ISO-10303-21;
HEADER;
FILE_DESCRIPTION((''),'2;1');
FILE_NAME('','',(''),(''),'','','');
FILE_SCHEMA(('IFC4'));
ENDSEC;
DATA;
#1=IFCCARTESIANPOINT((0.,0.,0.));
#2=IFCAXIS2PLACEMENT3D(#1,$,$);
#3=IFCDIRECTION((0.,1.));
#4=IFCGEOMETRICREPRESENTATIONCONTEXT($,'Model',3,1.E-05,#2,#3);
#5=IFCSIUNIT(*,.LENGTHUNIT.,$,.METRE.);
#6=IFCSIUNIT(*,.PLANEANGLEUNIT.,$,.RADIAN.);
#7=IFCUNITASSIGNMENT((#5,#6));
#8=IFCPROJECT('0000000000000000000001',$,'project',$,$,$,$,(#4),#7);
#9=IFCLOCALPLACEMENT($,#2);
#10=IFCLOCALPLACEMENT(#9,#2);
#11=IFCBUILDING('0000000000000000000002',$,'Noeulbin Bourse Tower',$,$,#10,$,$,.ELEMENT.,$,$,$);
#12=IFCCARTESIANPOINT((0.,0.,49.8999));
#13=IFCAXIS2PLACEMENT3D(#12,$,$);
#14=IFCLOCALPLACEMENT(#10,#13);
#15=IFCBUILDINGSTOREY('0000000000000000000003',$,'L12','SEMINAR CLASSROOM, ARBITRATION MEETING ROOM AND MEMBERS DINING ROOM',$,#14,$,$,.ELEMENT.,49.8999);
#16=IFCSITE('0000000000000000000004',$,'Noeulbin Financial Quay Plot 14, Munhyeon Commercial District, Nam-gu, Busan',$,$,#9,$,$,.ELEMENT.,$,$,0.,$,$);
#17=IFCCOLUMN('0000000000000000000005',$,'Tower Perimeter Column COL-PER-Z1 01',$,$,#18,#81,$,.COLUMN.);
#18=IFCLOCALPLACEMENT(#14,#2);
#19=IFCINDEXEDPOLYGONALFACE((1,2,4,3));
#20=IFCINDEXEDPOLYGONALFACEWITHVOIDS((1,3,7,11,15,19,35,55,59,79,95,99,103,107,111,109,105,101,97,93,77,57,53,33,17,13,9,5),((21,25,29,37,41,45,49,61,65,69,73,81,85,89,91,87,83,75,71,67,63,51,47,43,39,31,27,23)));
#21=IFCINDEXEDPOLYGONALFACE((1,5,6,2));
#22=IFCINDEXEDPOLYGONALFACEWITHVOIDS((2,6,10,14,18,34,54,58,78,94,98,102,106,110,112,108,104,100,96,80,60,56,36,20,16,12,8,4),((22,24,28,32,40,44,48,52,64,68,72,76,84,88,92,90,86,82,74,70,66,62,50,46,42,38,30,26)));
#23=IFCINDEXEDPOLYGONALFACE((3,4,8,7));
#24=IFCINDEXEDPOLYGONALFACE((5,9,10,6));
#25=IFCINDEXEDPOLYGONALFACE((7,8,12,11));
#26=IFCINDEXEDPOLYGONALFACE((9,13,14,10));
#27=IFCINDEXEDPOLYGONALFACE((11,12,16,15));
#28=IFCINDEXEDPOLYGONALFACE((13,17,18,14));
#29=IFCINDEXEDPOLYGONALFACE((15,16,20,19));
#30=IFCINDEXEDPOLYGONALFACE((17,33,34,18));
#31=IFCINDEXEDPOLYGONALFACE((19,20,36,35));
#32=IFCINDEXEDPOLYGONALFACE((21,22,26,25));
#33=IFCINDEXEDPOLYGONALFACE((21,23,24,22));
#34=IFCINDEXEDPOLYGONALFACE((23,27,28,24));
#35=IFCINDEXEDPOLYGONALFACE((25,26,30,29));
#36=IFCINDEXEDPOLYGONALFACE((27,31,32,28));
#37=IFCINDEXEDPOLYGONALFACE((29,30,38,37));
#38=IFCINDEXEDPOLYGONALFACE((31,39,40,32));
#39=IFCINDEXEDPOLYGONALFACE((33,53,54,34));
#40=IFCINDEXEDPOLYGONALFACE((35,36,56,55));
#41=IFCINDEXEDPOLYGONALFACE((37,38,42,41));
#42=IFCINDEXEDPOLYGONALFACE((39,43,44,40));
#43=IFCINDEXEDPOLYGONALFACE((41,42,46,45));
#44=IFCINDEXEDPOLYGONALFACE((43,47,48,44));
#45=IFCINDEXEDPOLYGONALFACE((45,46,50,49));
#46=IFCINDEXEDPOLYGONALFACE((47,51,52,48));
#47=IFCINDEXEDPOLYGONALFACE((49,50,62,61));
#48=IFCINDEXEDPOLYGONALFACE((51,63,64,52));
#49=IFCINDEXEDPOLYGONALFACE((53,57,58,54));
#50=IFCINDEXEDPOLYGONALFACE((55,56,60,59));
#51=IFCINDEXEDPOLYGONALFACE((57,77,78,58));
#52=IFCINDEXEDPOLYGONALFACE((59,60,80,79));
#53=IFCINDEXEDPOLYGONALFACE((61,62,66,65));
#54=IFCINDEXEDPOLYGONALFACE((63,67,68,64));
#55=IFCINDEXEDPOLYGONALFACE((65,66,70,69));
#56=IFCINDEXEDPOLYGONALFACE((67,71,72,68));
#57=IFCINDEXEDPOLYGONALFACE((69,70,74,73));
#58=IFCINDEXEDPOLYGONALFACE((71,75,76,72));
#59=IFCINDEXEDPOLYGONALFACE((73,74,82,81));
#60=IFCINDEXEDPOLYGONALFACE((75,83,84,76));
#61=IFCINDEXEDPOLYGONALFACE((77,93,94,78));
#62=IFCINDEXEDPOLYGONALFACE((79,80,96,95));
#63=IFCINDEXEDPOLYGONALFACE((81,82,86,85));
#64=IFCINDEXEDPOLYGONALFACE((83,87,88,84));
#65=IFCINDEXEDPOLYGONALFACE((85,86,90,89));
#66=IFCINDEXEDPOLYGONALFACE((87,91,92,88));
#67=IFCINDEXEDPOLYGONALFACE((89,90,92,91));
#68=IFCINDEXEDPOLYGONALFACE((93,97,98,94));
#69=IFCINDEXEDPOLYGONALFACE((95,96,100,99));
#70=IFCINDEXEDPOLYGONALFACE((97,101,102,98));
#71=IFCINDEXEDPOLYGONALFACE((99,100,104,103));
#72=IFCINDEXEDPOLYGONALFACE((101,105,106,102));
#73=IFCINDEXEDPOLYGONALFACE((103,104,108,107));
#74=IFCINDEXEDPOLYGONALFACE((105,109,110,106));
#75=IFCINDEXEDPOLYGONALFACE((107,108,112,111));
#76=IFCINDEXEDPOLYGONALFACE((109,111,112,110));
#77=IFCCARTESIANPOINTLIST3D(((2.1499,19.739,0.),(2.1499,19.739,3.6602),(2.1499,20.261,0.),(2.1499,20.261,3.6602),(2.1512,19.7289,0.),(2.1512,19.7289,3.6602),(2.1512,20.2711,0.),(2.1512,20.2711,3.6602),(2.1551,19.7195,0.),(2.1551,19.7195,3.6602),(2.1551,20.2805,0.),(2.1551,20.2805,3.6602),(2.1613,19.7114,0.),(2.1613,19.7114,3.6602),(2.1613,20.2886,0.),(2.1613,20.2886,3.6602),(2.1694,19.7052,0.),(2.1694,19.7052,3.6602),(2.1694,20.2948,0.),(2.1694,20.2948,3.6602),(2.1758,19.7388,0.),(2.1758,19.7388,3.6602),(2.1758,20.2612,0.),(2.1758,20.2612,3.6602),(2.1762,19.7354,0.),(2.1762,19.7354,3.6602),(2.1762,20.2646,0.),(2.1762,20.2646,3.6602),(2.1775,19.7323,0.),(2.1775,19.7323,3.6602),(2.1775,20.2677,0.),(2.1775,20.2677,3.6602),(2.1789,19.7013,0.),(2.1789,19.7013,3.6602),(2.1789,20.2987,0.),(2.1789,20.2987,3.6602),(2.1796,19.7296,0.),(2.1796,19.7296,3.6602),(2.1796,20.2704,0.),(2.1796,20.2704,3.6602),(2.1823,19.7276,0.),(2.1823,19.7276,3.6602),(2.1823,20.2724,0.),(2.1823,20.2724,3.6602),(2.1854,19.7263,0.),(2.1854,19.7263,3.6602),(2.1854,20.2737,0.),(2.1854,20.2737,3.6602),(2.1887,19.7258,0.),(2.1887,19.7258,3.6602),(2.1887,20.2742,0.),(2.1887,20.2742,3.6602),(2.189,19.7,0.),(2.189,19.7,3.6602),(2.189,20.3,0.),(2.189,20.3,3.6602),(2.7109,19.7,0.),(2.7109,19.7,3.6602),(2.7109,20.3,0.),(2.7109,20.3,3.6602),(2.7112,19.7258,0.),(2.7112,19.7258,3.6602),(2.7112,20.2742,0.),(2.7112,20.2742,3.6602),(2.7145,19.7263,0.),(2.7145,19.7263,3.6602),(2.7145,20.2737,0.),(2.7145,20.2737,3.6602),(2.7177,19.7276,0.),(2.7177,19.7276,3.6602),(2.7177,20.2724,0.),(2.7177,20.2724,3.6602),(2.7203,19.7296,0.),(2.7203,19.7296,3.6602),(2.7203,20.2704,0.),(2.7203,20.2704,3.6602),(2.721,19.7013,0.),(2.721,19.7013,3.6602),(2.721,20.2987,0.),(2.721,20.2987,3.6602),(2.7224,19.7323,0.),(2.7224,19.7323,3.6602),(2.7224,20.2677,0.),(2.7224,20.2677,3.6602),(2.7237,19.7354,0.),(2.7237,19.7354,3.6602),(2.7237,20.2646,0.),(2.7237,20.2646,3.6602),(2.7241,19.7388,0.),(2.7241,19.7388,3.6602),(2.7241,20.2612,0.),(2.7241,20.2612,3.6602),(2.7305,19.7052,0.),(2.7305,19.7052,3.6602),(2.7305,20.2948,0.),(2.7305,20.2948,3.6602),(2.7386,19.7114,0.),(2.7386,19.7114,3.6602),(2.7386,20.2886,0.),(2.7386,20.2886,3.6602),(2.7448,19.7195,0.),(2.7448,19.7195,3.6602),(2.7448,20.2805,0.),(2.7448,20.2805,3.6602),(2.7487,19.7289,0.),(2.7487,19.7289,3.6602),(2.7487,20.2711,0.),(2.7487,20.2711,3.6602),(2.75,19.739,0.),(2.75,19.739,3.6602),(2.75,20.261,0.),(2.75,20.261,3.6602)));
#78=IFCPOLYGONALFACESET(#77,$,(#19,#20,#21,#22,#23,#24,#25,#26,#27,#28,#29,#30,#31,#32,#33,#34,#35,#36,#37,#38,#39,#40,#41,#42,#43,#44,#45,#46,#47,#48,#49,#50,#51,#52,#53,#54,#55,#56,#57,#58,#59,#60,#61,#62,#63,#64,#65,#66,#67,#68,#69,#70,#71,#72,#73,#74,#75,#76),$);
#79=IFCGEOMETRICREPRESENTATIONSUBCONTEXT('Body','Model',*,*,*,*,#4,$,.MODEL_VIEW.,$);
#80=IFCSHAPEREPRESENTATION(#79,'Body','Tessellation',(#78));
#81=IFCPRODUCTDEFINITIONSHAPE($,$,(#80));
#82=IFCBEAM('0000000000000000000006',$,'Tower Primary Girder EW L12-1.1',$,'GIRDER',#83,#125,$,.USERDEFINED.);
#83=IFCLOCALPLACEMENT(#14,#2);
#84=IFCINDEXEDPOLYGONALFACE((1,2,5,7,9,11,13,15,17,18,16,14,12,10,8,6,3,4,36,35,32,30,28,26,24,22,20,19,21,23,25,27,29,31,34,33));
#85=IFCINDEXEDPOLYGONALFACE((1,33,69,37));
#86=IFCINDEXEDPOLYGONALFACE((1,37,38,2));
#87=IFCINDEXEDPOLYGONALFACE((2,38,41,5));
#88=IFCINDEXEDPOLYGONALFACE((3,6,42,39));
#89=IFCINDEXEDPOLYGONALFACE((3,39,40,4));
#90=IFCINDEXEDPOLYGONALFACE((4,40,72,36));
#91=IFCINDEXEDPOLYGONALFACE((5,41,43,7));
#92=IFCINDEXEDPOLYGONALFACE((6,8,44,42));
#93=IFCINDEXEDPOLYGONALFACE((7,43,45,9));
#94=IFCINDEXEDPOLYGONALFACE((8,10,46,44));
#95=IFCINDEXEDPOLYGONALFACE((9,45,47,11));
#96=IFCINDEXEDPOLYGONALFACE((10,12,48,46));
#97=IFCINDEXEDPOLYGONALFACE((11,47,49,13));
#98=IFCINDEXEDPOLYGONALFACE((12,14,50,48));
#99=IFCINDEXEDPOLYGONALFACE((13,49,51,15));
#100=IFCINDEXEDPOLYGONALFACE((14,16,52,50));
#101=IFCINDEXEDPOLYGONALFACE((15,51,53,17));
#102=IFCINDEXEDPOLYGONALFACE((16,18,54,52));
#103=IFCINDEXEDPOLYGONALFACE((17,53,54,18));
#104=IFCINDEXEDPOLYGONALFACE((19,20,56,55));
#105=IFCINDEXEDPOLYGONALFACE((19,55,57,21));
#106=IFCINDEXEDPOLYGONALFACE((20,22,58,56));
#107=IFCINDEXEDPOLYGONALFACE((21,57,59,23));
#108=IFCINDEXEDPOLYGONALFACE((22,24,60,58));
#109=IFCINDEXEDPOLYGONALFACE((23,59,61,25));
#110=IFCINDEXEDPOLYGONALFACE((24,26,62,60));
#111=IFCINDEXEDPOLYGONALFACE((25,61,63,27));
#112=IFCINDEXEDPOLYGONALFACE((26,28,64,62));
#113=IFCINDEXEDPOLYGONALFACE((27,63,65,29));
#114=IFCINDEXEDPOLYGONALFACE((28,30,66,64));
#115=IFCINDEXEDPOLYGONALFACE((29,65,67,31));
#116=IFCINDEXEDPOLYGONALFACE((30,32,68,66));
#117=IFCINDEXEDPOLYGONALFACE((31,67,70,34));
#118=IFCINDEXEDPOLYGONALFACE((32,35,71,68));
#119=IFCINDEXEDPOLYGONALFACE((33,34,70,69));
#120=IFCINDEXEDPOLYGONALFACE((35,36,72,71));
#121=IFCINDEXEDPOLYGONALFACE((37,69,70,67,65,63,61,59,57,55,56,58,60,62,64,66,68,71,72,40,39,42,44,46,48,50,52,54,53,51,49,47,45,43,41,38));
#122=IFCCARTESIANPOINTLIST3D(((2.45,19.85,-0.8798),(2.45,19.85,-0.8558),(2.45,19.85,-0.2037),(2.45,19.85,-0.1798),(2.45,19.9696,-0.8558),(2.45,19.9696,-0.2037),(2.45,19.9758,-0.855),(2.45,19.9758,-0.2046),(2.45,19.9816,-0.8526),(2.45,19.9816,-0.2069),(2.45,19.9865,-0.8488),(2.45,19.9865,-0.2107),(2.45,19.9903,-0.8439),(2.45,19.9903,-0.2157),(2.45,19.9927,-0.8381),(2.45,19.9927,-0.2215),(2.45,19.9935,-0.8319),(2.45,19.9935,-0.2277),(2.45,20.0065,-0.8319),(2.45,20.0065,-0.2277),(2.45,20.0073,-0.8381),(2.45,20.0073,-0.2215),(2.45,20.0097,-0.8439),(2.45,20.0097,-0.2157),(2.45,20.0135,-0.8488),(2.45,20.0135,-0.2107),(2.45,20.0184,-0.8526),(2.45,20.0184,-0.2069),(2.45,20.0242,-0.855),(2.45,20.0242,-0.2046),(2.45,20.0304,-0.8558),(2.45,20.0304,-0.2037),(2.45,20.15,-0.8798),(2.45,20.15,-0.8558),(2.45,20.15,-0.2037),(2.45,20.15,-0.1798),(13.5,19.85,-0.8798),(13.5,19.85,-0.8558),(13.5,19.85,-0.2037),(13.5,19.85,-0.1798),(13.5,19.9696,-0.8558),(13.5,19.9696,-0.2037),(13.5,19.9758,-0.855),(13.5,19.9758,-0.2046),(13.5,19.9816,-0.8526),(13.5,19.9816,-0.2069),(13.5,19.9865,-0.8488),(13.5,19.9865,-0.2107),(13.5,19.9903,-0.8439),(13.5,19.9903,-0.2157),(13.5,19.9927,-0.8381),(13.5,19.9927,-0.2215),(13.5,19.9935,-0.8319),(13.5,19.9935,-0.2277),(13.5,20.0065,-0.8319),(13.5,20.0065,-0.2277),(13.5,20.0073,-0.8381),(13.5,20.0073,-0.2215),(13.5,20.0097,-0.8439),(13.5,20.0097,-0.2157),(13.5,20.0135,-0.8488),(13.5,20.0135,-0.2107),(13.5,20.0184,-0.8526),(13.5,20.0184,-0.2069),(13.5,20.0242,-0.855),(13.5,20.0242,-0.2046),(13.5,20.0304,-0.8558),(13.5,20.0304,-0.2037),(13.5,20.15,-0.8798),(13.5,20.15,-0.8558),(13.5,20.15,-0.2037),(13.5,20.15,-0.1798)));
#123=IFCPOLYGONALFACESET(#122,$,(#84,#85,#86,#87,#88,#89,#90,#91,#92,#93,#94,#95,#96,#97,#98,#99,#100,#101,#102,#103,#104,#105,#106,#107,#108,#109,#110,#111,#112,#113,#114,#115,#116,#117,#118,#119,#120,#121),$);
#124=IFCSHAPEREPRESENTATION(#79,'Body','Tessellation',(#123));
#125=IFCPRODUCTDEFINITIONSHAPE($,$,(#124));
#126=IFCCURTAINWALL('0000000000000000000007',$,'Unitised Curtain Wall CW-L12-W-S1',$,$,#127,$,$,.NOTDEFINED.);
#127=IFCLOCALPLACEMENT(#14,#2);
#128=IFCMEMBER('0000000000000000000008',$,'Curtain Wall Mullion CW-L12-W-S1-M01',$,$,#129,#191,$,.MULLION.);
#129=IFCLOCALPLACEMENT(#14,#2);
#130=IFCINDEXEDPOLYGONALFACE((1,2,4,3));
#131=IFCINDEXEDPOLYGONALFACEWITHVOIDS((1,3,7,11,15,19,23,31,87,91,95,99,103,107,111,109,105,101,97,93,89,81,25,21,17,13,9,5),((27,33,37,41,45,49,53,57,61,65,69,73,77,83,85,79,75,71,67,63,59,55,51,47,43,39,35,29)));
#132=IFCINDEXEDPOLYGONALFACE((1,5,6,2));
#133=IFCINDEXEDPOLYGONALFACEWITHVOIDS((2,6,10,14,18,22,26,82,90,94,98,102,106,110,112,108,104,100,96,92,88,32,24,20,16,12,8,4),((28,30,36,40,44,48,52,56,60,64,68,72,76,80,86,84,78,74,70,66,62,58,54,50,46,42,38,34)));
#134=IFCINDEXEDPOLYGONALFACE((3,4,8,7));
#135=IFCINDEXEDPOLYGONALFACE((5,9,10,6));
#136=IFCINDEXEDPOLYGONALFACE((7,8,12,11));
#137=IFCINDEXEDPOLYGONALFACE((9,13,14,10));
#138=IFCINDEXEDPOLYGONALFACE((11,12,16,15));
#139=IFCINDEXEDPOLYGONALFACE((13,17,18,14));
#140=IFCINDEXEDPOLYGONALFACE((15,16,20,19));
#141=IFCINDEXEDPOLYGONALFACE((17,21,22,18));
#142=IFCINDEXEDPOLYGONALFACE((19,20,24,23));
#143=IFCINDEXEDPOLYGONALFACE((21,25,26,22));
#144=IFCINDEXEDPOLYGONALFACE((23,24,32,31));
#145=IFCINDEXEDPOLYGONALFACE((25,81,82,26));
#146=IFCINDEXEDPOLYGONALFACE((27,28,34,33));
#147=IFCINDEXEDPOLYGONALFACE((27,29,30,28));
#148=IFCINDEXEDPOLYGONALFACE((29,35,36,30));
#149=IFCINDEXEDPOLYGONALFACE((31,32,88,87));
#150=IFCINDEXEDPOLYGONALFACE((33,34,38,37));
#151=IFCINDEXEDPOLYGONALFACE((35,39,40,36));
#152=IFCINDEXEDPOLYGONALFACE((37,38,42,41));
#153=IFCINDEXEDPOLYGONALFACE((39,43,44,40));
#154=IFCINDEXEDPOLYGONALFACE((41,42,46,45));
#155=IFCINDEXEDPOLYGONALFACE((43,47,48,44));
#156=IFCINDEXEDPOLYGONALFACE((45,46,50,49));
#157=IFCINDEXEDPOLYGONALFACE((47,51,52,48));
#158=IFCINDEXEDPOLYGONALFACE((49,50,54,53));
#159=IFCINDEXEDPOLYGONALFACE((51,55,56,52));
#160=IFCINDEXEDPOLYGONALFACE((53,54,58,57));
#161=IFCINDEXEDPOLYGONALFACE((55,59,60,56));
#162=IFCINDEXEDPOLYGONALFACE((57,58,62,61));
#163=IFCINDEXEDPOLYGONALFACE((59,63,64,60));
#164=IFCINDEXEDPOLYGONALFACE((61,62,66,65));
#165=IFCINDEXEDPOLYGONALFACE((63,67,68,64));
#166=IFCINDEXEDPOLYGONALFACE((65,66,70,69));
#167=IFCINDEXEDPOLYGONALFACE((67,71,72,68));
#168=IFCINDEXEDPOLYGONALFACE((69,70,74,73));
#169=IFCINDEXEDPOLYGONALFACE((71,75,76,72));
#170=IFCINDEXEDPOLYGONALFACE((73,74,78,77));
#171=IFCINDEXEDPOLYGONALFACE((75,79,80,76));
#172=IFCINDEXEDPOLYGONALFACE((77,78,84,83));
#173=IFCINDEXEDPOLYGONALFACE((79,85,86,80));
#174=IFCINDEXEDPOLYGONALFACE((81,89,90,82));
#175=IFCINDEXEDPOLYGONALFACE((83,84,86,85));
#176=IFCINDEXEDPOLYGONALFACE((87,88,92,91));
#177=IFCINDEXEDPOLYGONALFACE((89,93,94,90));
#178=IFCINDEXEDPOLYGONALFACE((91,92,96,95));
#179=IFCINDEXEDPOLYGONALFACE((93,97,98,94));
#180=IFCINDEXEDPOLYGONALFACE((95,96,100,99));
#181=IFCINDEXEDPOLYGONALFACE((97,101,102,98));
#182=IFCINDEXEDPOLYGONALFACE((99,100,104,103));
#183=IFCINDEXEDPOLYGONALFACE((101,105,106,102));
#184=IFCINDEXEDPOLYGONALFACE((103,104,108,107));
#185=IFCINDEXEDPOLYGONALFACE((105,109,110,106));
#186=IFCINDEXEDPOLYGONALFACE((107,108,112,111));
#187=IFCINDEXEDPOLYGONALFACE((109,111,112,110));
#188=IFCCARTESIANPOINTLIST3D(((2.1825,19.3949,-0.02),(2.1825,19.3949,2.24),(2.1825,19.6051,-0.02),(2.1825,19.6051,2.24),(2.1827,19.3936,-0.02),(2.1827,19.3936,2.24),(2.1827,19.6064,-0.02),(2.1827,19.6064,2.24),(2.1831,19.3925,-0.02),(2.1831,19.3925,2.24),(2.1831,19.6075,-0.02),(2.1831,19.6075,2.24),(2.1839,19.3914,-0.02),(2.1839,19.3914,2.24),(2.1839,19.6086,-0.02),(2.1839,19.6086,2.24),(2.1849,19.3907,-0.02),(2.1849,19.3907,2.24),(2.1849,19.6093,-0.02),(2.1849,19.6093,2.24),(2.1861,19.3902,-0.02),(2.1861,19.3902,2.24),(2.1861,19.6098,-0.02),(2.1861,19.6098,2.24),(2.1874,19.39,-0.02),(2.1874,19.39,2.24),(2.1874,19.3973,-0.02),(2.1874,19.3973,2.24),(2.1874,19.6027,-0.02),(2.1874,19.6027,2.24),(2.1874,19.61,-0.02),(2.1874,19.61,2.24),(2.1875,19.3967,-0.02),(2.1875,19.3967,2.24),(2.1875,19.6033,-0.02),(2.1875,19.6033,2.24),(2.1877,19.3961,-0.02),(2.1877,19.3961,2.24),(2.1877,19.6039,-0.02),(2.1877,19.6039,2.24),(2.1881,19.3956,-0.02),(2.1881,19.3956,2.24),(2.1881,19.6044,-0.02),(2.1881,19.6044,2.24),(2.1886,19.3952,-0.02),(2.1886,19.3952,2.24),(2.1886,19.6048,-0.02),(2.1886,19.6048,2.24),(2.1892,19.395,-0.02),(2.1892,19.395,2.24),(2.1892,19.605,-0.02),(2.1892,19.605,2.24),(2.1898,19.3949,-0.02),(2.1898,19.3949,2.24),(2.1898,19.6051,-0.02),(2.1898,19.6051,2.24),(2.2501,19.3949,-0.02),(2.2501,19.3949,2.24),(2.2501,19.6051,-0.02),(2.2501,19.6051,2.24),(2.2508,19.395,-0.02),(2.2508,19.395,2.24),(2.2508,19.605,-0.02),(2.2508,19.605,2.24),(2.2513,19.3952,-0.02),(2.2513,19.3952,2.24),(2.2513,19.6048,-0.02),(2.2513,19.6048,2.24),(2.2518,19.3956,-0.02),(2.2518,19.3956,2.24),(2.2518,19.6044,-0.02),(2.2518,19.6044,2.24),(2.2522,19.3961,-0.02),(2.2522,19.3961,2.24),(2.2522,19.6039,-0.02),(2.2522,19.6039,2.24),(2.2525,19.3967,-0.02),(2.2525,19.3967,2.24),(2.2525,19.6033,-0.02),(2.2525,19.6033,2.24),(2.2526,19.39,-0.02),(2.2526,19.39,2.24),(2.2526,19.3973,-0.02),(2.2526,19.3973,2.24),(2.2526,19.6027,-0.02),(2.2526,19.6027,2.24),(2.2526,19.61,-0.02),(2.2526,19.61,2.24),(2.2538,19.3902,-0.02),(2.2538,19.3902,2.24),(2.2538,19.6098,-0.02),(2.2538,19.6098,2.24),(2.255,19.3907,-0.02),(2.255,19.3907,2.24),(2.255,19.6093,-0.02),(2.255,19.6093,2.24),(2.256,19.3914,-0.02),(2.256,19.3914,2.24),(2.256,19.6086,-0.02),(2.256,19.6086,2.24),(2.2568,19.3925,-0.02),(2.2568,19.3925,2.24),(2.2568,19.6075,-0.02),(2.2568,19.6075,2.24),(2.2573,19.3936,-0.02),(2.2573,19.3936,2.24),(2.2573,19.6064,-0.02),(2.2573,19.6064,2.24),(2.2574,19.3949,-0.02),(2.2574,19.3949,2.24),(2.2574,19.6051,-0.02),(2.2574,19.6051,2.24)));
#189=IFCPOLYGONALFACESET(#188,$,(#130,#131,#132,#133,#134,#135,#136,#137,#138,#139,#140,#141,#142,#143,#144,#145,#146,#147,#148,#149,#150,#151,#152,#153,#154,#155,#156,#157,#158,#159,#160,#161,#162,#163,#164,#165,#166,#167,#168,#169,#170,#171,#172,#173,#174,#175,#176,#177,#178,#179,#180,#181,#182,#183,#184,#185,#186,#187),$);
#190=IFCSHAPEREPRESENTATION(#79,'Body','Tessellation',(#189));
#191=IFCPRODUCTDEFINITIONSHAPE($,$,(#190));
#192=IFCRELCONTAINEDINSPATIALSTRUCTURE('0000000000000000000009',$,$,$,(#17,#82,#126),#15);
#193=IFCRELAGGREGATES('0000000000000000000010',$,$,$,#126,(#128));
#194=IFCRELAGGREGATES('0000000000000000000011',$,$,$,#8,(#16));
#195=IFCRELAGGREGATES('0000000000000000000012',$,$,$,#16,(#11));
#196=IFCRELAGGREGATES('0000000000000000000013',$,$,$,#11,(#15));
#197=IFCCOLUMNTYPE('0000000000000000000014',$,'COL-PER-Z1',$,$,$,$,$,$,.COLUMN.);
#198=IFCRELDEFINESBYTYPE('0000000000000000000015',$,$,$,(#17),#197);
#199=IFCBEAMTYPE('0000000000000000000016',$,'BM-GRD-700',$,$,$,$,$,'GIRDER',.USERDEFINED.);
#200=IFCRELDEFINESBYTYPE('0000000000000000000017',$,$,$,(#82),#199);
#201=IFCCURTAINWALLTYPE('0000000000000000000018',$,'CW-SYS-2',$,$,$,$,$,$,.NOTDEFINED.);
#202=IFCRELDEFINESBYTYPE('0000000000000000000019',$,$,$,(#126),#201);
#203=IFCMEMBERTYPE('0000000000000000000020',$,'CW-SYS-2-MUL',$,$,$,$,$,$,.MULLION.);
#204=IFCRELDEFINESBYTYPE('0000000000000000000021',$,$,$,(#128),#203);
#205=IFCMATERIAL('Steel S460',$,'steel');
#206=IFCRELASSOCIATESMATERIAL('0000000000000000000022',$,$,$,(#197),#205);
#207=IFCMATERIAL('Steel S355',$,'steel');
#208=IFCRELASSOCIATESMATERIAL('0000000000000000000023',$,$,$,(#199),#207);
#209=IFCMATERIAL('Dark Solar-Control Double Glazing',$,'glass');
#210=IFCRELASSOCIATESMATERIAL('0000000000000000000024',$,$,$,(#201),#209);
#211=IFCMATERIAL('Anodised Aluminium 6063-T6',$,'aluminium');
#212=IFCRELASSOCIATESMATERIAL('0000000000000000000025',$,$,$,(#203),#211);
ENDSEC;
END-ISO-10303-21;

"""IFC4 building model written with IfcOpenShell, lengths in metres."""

from ifc_helpers import new_model, si_unit, direction, frame, origin, origin_2d, place, context, subcontext, project, spatial, hollow_rectangle, i_section, extrude, material, material_profile, profile_set, type_object, element, aggregate, save


model = new_model("IFC4")

# Units and contexts
model_context = context("Model", 3, precision=1e-05, world=origin(), true_north=direction((0.0, 1.0)))
body_context = subcontext(model_context, "Body", "Model", "MODEL_VIEW")
ifc_project = project(units=[si_unit("LENGTHUNIT", "METRE"), si_unit("PLANEANGLEUNIT", "RADIAN")], contexts=[model_context])

# Site, building, storey
site_placement = place(None, origin())
site = spatial("IfcSite", under=ifc_project, at=site_placement, Name="Noeulbin Financial Quay Plot 14, Munhyeon Commercial District, Nam-gu, Busan", CompositionType="ELEMENT", RefElevation=0.0)
building_placement = place(site_placement, origin())
building = spatial("IfcBuilding", under=site, at=building_placement, Name="Noeulbin Bourse Tower", CompositionType="ELEMENT")
storey_placement = place(building_placement, frame((0.0, 0.0, 49.8999)))
storey = spatial("IfcBuildingStorey", under=building, at=storey_placement, Name="L12", Description="SEMINAR CLASSROOM, ARBITRATION MEETING ROOM AND MEMBERS DINING ROOM", CompositionType="ELEMENT", Elevation=49.8999)

# Column
ifc_material_1 = material(Name="Steel S460", Category="steel")
ifc_material_profile_1 = material_profile(ifc_material_1, hollow_rectangle(XDim=0.6001, YDim=0.6001, WallThickness=0.0259, InnerFilletRadius=0.0129, OuterFilletRadius=0.0391, at=origin_2d()), Name="BOX-600x600x26", Category="LoadBearing")
ifc_profile_set_1 = profile_set([ifc_material_profile_1], Name="Steel S460")
column_type = type_object("IfcColumnType", Name="COL-PER-Z1", PredefinedType="COLUMN", material=ifc_profile_set_1)
column_placement = place(storey_placement, frame((2.45, 20.0, 0.0), z_axis=(0.0, 0.0, 1.0), x_axis=(1.0, 0.0, 0.0)))
element("IfcColumn", 1, at=column_placement, inside=storey, type_object=column_type, Name="Tower Perimeter Column COL-PER-Z1 01", PredefinedType="COLUMN", context=body_context, shape_type="SweptSolid", body=[
    extrude(hollow_rectangle(XDim=0.6001, YDim=0.6001, WallThickness=0.0259, InnerFilletRadius=0.0129, OuterFilletRadius=0.0391, at=origin_2d()), origin(), (0.0, 0.0, 1.0), 3.6602),
])

# Beam
ifc_material_2 = material(Name="Steel S355", Category="steel")
ifc_material_profile_2 = material_profile(ifc_material_2, i_section(OverallWidth=0.3, OverallDepth=0.7, WebThickness=0.0129, FlangeThickness=0.0239, FilletRadius=0.0239, at=origin_2d()), Name="H-700x300x13x24", Category="LoadBearing")
ifc_profile_set_2 = profile_set([ifc_material_profile_2], Name="Steel S355")
beam_type = type_object("IfcBeamType", Name="BM-GRD-700", ElementType="GIRDER", PredefinedType="USERDEFINED", material=ifc_profile_set_2)
beam_placement = place(storey_placement, frame((2.45, 20.0, -0.5298), z_axis=(1.0, 0.0, 0.0), x_axis=(0.0, 1.0, 0.0)))
element("IfcBeam", 2, at=beam_placement, inside=storey, type_object=beam_type, Name="Tower Primary Girder EW L12-1.1", ObjectType="GIRDER", PredefinedType="USERDEFINED", context=body_context, shape_type="SweptSolid", body=[
    extrude(i_section(OverallWidth=0.3, OverallDepth=0.7, WebThickness=0.0129, FlangeThickness=0.0239, FilletRadius=0.0239, at=origin_2d()), origin(), (0.0, 0.0, 1.0), 11.05),
])

# Curtain wall, member
ifc_material_3 = material(Name="Dark Solar-Control Double Glazing", Category="glass")
curtain_wall_type = type_object("IfcCurtainWallType", Name="CW-SYS-2", PredefinedType="NOTDEFINED", material=ifc_material_3)
curtain_wall_1_placement = place(storey_placement, origin())
curtain_wall_1 = element("IfcCurtainWall", 3, at=curtain_wall_1_placement, inside=storey, type_object=curtain_wall_type, Name="Unitised Curtain Wall CW-L12-W-S1", PredefinedType="NOTDEFINED")
ifc_material_4 = material(Name="Anodised Aluminium 6063-T6", Category="aluminium")
ifc_material_profile_3 = material_profile(ifc_material_4, hollow_rectangle(XDim=0.075, YDim=0.22, WallThickness=0.0049, InnerFilletRadius=0.0024, OuterFilletRadius=0.0049, at=origin_2d()), Name="ALU-MULL-75x220x5", Category="LoadBearing")
ifc_profile_set_3 = profile_set([ifc_material_profile_3], Name="Anodised Aluminium 6063-T6")
member_type_1 = type_object("IfcMemberType", Name="CW-SYS-2-MUL", PredefinedType="MULLION", material=ifc_profile_set_3)
member_1_placement = place(storey_placement, frame((2.22, 19.5, -0.02), z_axis=(0.0, 0.0, 1.0), x_axis=(1.0, 0.0, 0.0)))
member_1 = element("IfcMember", 4, at=member_1_placement, type_object=member_type_1, Name="Curtain Wall Mullion CW-L12-W-S1-M01", PredefinedType="MULLION", context=body_context, shape_type="SweptSolid", body=[
    extrude(hollow_rectangle(XDim=0.075, YDim=0.22, WallThickness=0.0049, InnerFilletRadius=0.0024, OuterFilletRadius=0.0049, at=origin_2d()), origin(), (0.0, 0.0, 1.0), 2.26),
])

aggregate(curtain_wall_1, [member_1])

save(model, "model.ifc")
